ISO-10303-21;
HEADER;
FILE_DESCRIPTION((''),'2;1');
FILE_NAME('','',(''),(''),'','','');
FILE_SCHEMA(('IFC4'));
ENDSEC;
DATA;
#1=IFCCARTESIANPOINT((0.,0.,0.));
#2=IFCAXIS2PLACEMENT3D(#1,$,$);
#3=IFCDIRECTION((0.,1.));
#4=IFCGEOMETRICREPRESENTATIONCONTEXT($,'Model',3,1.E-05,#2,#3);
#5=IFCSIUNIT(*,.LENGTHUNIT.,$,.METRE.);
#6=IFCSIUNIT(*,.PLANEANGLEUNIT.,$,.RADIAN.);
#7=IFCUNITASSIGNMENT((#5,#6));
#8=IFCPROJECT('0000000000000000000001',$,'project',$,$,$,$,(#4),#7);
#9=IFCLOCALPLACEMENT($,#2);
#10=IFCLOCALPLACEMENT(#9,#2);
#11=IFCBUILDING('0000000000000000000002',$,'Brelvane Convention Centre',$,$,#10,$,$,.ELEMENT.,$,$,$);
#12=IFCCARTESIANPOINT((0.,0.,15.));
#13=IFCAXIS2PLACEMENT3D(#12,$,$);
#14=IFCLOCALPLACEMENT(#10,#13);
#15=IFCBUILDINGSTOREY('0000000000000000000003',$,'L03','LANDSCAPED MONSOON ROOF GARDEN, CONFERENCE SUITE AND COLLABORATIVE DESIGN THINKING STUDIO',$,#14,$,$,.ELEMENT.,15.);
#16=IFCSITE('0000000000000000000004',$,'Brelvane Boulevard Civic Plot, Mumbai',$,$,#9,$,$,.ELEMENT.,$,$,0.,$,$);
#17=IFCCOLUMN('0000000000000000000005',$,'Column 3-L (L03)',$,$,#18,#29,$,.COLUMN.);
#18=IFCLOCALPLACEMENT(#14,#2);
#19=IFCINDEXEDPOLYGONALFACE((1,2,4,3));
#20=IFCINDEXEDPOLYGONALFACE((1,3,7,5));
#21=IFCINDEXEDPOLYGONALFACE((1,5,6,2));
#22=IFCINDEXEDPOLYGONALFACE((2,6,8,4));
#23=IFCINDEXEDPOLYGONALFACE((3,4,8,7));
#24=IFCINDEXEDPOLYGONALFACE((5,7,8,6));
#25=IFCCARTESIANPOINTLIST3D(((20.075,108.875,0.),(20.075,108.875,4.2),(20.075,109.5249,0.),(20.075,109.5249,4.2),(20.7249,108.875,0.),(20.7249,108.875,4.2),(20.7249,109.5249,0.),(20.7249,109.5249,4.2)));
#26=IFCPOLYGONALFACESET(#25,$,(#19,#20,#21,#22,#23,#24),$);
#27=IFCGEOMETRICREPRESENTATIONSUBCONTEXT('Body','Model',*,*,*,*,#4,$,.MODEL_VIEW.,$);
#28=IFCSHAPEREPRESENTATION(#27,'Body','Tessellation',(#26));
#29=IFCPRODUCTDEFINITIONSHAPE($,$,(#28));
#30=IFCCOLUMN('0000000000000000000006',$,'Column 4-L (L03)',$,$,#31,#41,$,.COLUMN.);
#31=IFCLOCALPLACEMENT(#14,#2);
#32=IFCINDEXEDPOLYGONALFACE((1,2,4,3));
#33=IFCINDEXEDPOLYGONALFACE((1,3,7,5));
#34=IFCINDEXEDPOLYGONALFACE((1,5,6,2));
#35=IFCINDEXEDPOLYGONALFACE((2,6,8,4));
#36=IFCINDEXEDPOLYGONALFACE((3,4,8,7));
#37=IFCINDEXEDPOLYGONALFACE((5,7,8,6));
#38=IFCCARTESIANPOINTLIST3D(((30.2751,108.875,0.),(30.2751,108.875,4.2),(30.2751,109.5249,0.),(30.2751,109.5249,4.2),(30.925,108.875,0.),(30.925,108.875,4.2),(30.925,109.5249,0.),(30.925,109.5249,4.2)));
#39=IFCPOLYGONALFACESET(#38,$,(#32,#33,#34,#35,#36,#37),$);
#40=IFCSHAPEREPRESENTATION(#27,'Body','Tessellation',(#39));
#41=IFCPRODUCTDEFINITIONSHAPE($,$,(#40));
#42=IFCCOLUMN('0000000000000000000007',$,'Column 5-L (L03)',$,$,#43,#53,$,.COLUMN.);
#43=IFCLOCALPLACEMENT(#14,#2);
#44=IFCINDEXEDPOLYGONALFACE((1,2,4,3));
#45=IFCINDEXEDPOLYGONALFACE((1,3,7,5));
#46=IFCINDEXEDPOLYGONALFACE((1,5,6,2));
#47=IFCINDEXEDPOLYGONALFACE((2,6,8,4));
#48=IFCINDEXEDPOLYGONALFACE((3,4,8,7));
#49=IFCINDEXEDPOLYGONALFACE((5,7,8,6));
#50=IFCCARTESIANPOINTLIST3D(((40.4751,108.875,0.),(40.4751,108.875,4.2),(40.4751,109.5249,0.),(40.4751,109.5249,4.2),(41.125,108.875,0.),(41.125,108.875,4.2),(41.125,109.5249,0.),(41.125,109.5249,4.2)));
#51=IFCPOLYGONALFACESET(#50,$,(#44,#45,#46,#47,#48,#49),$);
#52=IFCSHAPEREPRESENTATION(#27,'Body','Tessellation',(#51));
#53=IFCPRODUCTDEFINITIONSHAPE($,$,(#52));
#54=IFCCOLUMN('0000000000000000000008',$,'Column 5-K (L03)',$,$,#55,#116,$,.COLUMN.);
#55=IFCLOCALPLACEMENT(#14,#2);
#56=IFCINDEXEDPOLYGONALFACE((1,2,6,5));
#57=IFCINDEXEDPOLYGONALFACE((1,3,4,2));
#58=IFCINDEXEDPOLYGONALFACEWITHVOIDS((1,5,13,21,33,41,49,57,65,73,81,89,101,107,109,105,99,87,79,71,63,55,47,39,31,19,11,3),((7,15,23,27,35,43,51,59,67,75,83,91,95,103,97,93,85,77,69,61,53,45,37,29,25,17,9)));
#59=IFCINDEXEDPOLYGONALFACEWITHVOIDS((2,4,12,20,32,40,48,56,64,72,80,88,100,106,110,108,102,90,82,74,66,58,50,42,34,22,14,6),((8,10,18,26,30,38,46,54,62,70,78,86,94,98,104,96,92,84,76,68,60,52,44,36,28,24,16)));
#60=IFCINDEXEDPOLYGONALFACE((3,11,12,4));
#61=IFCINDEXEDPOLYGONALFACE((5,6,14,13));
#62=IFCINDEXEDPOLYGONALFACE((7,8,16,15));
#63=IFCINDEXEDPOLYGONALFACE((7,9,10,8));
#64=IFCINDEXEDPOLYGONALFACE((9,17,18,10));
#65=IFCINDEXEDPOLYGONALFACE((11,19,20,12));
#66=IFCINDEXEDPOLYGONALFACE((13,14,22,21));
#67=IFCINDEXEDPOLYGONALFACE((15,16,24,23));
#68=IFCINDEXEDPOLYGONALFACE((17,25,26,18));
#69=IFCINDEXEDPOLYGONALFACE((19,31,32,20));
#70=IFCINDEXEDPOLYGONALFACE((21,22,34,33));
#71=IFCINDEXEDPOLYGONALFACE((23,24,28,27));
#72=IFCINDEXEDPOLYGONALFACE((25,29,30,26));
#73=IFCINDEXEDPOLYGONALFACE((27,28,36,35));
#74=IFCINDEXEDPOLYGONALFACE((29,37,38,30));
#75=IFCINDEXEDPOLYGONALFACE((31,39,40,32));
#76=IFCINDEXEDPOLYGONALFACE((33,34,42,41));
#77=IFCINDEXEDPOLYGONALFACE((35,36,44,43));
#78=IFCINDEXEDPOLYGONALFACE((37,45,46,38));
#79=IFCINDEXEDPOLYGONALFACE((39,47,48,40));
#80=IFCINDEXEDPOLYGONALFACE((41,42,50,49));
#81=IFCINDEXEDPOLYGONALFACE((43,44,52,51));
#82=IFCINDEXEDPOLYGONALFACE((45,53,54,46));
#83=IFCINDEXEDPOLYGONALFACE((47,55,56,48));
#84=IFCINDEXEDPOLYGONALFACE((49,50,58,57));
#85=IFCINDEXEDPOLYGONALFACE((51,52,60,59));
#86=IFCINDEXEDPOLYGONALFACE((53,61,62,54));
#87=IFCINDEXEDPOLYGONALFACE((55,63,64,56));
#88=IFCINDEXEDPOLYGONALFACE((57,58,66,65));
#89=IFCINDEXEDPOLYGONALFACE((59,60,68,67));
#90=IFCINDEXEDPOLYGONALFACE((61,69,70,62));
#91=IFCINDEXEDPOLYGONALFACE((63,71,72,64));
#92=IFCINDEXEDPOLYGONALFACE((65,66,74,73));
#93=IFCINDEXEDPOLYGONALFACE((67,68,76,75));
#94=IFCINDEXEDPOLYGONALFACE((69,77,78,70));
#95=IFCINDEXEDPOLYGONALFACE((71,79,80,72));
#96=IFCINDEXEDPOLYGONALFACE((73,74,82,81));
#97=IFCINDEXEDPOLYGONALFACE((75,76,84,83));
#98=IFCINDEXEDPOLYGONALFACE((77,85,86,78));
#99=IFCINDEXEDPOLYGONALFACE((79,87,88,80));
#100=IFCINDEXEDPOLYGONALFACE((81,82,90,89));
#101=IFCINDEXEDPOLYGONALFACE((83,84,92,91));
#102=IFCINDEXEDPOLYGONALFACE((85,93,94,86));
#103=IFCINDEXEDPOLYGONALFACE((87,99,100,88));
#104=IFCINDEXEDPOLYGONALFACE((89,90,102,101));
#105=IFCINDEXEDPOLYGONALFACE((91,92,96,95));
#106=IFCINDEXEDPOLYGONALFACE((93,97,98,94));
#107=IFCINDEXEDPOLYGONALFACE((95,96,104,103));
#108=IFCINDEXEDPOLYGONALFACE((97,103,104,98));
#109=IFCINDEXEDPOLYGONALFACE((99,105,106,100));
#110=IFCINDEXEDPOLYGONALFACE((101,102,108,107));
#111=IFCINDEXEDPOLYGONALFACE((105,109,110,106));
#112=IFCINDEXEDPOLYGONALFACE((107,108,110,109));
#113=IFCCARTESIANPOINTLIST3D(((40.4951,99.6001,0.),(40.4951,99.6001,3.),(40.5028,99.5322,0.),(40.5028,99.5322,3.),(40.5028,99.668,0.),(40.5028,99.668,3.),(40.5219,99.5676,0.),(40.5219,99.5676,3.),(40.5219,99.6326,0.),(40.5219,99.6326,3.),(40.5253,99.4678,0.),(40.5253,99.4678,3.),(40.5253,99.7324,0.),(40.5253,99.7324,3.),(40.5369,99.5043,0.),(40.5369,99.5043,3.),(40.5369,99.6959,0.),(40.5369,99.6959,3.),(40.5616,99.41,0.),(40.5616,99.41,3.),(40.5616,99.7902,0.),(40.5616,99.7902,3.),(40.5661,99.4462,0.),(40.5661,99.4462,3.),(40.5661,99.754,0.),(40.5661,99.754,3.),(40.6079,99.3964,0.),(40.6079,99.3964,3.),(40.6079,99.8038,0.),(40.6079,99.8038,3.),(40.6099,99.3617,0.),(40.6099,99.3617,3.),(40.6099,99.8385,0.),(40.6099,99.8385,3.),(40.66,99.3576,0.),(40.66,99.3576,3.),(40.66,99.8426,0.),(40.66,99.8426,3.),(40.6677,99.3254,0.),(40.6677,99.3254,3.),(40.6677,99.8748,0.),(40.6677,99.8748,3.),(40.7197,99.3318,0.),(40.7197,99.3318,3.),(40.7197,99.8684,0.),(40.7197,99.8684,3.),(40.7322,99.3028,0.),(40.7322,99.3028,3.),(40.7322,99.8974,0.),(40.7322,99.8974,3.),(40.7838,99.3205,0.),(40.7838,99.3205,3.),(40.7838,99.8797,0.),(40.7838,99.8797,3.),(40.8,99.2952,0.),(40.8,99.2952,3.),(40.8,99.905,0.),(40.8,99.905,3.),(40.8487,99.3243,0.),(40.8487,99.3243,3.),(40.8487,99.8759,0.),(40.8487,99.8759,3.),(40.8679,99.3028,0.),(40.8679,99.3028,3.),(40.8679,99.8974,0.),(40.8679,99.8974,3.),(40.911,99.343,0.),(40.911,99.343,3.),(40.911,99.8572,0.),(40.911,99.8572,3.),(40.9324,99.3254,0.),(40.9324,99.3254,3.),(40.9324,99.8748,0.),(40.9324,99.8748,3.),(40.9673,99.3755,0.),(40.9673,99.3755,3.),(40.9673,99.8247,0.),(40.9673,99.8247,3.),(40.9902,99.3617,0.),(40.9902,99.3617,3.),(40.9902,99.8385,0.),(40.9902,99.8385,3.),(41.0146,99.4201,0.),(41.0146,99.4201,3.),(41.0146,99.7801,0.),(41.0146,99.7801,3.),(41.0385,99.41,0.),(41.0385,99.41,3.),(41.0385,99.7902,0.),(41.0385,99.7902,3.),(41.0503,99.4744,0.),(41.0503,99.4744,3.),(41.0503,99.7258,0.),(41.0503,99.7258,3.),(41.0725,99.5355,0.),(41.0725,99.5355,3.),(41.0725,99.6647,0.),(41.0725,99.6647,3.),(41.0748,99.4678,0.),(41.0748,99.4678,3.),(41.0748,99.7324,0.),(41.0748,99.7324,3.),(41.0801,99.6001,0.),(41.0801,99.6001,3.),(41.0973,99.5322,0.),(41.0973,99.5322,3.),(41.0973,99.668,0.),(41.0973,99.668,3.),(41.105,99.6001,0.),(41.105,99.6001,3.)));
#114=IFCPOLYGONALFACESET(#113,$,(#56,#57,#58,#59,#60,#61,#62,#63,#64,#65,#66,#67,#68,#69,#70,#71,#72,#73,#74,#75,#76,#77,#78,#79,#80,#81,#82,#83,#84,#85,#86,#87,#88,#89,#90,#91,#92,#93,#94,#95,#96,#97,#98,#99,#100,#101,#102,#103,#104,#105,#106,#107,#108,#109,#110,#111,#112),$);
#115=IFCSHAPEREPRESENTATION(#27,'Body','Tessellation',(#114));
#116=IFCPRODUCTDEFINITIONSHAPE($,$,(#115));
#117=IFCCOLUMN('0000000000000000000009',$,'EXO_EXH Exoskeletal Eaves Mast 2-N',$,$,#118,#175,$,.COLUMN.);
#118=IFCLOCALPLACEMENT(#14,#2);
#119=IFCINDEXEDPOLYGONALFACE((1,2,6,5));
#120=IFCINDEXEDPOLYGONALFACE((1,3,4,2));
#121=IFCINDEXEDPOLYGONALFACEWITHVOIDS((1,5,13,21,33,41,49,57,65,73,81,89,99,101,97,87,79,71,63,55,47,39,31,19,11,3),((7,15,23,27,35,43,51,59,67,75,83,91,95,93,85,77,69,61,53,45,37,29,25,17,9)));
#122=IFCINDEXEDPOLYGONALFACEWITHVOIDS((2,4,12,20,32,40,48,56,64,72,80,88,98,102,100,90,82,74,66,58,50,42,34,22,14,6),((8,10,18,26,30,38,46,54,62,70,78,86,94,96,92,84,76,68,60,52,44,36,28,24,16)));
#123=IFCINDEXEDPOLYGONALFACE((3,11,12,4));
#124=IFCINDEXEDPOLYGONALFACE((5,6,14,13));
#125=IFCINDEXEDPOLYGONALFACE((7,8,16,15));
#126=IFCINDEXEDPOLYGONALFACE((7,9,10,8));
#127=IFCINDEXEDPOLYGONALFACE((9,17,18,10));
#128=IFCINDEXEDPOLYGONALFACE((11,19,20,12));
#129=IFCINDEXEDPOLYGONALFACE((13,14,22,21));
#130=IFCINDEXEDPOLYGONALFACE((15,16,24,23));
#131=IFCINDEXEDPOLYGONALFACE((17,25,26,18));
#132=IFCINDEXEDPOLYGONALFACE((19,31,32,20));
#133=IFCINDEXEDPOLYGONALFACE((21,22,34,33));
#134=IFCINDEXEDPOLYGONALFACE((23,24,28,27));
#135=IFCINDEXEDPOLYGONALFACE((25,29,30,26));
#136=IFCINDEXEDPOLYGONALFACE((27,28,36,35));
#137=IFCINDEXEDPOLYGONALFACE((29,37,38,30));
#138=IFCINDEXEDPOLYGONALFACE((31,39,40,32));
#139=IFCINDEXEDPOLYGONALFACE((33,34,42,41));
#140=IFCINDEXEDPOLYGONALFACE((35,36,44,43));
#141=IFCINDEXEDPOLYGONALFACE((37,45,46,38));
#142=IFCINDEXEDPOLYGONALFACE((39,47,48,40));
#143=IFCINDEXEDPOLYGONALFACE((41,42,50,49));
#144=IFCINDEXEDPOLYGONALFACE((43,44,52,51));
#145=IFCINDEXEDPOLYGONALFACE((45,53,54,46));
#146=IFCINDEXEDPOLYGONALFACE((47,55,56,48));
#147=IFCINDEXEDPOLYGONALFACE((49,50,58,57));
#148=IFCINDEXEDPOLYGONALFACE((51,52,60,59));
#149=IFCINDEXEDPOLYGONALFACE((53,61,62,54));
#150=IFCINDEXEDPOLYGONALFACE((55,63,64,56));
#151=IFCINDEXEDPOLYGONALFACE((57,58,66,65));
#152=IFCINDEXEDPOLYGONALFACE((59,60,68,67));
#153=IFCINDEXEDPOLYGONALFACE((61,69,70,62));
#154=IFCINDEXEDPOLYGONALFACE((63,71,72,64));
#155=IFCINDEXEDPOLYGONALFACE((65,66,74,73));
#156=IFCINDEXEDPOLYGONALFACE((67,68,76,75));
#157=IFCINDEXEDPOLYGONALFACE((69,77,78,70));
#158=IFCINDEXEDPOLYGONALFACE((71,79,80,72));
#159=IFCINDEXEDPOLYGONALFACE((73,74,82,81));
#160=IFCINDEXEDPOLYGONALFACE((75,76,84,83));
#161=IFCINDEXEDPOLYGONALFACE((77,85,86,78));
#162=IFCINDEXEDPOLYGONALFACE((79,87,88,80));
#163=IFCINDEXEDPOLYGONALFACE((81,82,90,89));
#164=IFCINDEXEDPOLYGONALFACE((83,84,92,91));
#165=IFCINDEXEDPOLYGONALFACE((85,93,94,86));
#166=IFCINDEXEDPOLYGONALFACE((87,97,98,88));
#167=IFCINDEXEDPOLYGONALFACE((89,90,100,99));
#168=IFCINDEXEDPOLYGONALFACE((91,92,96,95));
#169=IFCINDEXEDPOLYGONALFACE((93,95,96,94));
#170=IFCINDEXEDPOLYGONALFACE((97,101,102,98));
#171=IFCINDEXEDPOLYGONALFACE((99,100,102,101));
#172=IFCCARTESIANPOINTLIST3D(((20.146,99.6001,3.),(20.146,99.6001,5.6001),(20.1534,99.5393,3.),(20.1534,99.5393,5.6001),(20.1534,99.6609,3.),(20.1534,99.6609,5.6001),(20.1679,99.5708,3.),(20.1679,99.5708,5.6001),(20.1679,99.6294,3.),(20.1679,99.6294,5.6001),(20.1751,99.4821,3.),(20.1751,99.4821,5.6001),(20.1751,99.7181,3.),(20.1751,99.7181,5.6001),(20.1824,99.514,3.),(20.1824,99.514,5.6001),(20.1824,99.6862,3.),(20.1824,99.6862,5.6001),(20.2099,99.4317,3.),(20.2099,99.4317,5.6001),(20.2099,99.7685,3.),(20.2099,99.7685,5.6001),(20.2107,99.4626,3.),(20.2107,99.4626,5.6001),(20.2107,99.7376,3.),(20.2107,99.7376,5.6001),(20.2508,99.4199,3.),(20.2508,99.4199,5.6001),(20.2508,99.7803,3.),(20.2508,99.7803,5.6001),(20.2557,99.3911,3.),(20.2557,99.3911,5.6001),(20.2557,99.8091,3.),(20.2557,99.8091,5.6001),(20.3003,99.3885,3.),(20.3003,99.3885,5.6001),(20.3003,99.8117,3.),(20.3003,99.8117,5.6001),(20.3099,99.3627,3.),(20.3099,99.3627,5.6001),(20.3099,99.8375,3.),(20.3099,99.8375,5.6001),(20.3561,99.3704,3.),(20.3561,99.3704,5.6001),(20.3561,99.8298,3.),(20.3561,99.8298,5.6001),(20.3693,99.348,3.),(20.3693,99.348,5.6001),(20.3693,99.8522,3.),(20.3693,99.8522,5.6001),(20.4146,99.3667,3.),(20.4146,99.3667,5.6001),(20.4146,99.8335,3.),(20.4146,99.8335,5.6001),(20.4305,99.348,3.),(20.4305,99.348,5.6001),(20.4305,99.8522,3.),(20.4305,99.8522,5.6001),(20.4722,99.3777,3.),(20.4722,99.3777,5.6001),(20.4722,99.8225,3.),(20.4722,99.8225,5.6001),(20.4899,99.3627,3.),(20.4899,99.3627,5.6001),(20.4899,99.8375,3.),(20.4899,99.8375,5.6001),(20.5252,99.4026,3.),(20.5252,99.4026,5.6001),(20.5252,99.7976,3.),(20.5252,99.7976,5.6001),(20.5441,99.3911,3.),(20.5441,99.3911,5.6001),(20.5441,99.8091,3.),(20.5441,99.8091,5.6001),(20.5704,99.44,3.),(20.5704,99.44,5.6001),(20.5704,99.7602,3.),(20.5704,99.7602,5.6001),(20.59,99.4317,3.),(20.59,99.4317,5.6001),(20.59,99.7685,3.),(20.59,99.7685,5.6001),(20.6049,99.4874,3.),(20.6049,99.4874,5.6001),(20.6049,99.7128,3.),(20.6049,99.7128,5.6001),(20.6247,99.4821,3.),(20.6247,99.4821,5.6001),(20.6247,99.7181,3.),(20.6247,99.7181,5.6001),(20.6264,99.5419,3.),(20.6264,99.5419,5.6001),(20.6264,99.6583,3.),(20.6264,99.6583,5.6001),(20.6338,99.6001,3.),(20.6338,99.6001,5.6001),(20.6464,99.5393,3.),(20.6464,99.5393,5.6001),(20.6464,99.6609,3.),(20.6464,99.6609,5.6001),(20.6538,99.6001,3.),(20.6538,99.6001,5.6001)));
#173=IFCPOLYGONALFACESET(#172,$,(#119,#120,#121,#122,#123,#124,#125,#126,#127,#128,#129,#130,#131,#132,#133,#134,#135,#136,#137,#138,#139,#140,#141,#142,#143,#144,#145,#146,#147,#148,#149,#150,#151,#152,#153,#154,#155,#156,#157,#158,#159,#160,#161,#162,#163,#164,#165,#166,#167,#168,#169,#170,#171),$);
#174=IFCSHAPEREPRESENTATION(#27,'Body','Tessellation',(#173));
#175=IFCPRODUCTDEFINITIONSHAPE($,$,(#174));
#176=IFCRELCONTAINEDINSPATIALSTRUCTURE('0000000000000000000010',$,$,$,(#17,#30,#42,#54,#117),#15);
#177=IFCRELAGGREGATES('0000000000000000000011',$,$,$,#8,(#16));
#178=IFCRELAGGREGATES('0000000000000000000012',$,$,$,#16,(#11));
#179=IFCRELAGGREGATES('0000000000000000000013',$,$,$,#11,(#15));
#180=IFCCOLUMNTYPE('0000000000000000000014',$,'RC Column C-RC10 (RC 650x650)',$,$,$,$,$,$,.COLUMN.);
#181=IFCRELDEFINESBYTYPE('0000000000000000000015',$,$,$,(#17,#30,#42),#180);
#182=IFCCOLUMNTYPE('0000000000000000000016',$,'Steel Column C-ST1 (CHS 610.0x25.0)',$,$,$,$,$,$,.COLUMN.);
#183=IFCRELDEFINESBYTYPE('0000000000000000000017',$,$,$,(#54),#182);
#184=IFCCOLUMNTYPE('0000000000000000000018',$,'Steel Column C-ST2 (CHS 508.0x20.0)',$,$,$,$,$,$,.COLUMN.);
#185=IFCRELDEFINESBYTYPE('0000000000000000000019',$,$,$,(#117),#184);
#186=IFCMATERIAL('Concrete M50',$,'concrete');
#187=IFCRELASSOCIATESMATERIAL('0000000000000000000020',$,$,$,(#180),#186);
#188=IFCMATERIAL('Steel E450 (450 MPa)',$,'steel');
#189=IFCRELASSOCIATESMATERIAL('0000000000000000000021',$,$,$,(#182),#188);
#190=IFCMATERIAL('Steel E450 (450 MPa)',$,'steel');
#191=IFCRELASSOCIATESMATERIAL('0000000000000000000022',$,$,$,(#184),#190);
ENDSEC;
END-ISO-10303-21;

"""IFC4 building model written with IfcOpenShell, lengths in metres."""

from ifc_helpers import new_model, si_unit, direction, frame, origin, origin_2d, place, context, subcontext, project, spatial, rectangle, hollow_circle, extrude, material, material_profile, profile_set, type_object, element, save


model = new_model("IFC4")

# Units and contexts
model_context = context("Model", 3, precision=1e-05, world=origin(), true_north=direction((0.0, 1.0)))
body_context = subcontext(model_context, "Body", "Model", "MODEL_VIEW")
ifc_project = project(units=[si_unit("LENGTHUNIT", "METRE"), si_unit("PLANEANGLEUNIT", "RADIAN")], contexts=[model_context])

# Site, building, storey
site_placement = place(None, origin())
site = spatial("IfcSite", under=ifc_project, at=site_placement, Name="Brelvane Boulevard Civic Plot, Mumbai", CompositionType="ELEMENT", RefElevation=0.0)
building_placement = place(site_placement, origin())
building = spatial("IfcBuilding", under=site, at=building_placement, Name="Brelvane Convention Centre", CompositionType="ELEMENT")
storey_placement = place(building_placement, frame((0.0, 0.0, 15.0)))
storey = spatial("IfcBuildingStorey", under=building, at=storey_placement, Name="L03", Description="LANDSCAPED MONSOON ROOF GARDEN, CONFERENCE SUITE AND COLLABORATIVE DESIGN THINKING STUDIO", CompositionType="ELEMENT", Elevation=15.0)

# Columns
ifc_material_1 = material(Name="Concrete M50", Category="concrete")
ifc_material_profile_1 = material_profile(ifc_material_1, rectangle(XDim=0.6499, YDim=0.6499, at=origin_2d()), Name="RC 650x650")
ifc_profile_set_1 = profile_set([ifc_material_profile_1], Name="Concrete M50")
column_type_1 = type_object("IfcColumnType", Name="RC Column C-RC10 (RC 650x650)", PredefinedType="COLUMN", material=ifc_profile_set_1)
for number, where, z_axis, x_axis, name in (
    (1, (20.3999, 109.2, 0.0), (0.0, 0.0, 1.0), (1.0, 0.0, 0.0), "Column 3-L (L03)"),
    (2, (30.6001, 109.2, 0.0), (0.0, 0.0, 1.0), (1.0, 0.0, 0.0), "Column 4-L (L03)"),
    (3, (40.8, 109.2, 0.0), (0.0, 0.0, 1.0), (1.0, 0.0, 0.0), "Column 5-L (L03)"),
):
    element("IfcColumn", number, at=place(storey_placement, frame(where, z_axis=z_axis, x_axis=x_axis)), inside=storey, type_object=column_type_1, Name=name, PredefinedType="COLUMN", context=body_context, shape_type="SweptSolid", body=[
        extrude(rectangle(XDim=0.6499, YDim=0.6499, at=origin_2d()), origin(), (0.0, 0.0, 1.0), 4.2),
    ])
ifc_material_2 = material(Name="Steel E450 (450 MPa)", Category="steel")
ifc_material_profile_2 = material_profile(ifc_material_2, hollow_circle(Radius=0.3049, WallThickness=0.0249, at=origin_2d()), Name="CHS 610.0x25.0")
ifc_profile_set_2 = profile_set([ifc_material_profile_2], Name="Steel E450 (450 MPa)")
column_type_2 = type_object("IfcColumnType", Name="Steel Column C-ST1 (CHS 610.0x25.0)", PredefinedType="COLUMN", material=ifc_profile_set_2)
column_1_placement = place(storey_placement, frame((40.8, 99.6001, 0.0), z_axis=(0.0, 0.0, 1.0), x_axis=(1.0, 0.0, 0.0)))
element("IfcColumn", 4, at=column_1_placement, inside=storey, type_object=column_type_2, Name="Column 5-K (L03)", PredefinedType="COLUMN", context=body_context, shape_type="SweptSolid", body=[
    extrude(hollow_circle(Radius=0.3049, WallThickness=0.0249, at=origin_2d()), origin(), (0.0, 0.0, 1.0), 3.0),
])
ifc_material_3 = material(Name="Steel E450 (450 MPa)", Category="steel")
ifc_material_profile_3 = material_profile(ifc_material_3, hollow_circle(Radius=0.2539, WallThickness=0.02, at=origin_2d()), Name="CHS 508.0x20.0")
ifc_profile_set_3 = profile_set([ifc_material_profile_3], Name="Steel E450 (450 MPa)")
column_type_3 = type_object("IfcColumnType", Name="Steel Column C-ST2 (CHS 508.0x20.0)", PredefinedType="COLUMN", material=ifc_profile_set_3)
for number, where, z_axis, x_axis, name in (
    (5, (20.3999, 99.6001, 3.0), (0.0, 0.0, 1.0), (1.0, 0.0, 0.0), "EXO_EXH Exoskeletal Eaves Mast 2-N"),
):
    element("IfcColumn", number, at=place(storey_placement, frame(where, z_axis=z_axis, x_axis=x_axis)), inside=storey, type_object=column_type_3, Name=name, PredefinedType="COLUMN", context=body_context, shape_type="SweptSolid", body=[
        extrude(hollow_circle(Radius=0.2539, WallThickness=0.02, at=origin_2d()), origin(), (0.0, 0.0, 1.0), 2.6001),
    ])

save(model, "model.ifc")
